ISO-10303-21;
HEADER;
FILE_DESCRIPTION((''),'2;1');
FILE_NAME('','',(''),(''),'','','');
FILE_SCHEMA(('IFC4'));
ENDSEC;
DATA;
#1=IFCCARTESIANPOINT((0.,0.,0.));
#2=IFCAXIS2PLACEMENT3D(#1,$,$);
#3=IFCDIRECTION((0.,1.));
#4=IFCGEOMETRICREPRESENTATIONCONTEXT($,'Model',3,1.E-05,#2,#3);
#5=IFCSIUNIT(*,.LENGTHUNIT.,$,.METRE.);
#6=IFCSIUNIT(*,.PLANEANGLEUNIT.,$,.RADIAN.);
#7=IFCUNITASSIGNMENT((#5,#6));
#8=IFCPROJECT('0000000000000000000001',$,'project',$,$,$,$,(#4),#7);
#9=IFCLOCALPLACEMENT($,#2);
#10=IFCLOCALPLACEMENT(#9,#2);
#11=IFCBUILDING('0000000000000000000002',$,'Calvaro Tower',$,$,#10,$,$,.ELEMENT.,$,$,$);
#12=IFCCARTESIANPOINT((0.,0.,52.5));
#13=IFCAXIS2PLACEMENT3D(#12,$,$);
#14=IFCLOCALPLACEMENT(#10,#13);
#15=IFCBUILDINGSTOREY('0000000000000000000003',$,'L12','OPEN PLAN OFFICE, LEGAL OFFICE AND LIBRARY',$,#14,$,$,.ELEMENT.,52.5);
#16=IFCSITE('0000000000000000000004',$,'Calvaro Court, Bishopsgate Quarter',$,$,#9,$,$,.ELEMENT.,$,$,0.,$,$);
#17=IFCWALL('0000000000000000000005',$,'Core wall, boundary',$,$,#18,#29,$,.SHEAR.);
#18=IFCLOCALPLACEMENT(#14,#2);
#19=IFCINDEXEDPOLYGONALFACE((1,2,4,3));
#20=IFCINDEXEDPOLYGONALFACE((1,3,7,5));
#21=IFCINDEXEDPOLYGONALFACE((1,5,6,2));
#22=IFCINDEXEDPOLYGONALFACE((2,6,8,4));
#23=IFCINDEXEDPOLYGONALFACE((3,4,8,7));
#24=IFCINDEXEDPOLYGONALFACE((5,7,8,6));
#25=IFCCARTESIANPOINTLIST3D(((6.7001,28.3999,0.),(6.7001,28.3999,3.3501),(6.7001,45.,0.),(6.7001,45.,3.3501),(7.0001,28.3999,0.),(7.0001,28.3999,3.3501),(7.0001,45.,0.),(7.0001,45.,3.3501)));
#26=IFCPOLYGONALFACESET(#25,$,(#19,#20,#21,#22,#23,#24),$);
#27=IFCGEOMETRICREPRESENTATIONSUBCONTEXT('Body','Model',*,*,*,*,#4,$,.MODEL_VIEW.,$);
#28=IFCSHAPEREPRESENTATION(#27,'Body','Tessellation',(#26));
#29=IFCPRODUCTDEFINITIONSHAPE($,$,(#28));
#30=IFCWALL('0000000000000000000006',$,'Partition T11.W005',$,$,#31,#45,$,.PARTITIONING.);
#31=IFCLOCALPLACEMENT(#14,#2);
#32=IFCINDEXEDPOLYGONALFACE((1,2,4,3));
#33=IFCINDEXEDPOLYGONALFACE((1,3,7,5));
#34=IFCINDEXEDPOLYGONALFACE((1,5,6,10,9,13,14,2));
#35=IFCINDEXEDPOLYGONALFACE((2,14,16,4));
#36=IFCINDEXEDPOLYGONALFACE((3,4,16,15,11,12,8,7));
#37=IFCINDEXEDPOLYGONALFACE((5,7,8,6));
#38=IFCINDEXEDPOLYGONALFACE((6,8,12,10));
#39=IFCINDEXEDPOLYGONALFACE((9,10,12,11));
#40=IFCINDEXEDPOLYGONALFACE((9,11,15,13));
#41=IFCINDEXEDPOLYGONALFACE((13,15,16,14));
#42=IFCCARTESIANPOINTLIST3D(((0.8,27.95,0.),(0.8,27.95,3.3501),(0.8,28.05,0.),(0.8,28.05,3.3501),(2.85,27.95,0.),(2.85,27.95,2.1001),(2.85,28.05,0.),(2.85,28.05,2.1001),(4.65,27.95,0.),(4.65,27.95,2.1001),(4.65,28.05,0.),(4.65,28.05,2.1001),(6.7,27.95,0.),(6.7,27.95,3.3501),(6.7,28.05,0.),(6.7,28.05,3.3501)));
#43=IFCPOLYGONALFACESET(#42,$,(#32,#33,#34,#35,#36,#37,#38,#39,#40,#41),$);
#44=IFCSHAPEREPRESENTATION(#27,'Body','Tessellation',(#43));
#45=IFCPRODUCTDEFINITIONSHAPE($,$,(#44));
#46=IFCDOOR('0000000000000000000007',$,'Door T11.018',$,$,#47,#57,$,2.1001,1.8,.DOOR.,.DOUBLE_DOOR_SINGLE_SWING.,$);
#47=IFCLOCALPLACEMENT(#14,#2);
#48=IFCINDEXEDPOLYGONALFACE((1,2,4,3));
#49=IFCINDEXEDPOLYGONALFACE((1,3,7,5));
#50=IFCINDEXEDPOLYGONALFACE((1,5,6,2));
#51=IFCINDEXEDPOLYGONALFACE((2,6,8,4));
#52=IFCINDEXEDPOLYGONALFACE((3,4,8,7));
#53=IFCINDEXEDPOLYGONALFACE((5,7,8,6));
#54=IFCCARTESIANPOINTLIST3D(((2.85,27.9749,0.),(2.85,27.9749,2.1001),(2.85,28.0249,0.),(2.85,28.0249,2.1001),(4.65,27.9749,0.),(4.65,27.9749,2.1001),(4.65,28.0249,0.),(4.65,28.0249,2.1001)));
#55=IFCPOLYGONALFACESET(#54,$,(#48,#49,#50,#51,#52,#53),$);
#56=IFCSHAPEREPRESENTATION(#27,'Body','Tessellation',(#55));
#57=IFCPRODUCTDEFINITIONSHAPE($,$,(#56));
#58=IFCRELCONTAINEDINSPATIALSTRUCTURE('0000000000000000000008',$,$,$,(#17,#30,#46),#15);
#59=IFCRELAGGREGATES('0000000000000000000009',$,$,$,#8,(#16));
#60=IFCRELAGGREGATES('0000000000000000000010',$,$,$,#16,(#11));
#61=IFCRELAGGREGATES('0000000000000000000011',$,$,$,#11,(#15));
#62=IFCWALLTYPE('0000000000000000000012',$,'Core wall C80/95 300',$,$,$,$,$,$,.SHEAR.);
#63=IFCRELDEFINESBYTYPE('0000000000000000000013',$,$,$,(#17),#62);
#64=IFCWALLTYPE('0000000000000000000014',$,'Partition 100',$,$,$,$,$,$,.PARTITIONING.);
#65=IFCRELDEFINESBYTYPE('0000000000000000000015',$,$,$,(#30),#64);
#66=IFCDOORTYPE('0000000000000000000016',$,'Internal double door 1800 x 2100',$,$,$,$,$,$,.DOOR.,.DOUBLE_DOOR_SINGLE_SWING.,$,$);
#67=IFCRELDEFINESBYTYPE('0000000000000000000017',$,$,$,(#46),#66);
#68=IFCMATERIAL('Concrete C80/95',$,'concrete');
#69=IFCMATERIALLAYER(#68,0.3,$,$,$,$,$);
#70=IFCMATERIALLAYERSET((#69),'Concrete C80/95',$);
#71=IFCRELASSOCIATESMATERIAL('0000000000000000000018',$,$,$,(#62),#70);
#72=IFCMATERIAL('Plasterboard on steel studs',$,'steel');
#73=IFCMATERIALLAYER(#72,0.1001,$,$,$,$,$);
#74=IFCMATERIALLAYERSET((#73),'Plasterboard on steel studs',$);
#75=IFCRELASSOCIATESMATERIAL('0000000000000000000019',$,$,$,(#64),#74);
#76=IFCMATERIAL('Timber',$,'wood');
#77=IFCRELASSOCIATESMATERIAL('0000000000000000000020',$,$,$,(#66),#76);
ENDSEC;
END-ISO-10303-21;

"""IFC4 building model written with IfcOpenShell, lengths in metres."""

from ifc_helpers import new_model, si_unit, direction, frame, frame_2d, origin, place, context, subcontext, project, spatial, rectangle, extrude, material, layer, layer_set, type_object, element, fill, save


model = new_model("IFC4")

# Units and contexts
model_context = context("Model", 3, precision=1e-05, world=origin(), true_north=direction((0.0, 1.0)))
body_context = subcontext(model_context, "Body", "Model", "MODEL_VIEW")
ifc_project = project(units=[si_unit("LENGTHUNIT", "METRE"), si_unit("PLANEANGLEUNIT", "RADIAN")], contexts=[model_context])

# Site, building, storey
site_placement = place(None, origin())
site = spatial("IfcSite", under=ifc_project, at=site_placement, Name="Calvaro Court, Bishopsgate Quarter", CompositionType="ELEMENT", RefElevation=0.0)
building_placement = place(site_placement, origin())
building = spatial("IfcBuilding", under=site, at=building_placement, Name="Calvaro Tower", CompositionType="ELEMENT")
storey_placement = place(building_placement, frame((0.0, 0.0, 52.5)))
storey = spatial("IfcBuildingStorey", under=building, at=storey_placement, Name="L12", Description="OPEN PLAN OFFICE, LEGAL OFFICE AND LIBRARY", CompositionType="ELEMENT", Elevation=52.5)

# Wall
ifc_material_1 = material(Name="Concrete C80/95", Category="concrete")
ifc_layer_1 = layer(ifc_material_1, 0.3)
ifc_layer_set_1 = layer_set([ifc_layer_1], Name="Concrete C80/95")
wall_type_1 = type_object("IfcWallType", Name="Core wall C80/95 300", PredefinedType="SHEAR", material=ifc_layer_set_1)
wall_1_placement = place(storey_placement, frame((6.8501, 28.3999, 0.0), z_axis=(0.0, 0.0, 1.0), x_axis=(0.0, 1.0, 0.0)))
element("IfcWall", 1, at=wall_1_placement, inside=storey, type_object=wall_type_1, Name="Core wall, boundary", PredefinedType="SHEAR", context=body_context, shape_type="SweptSolid", body=[
    extrude(rectangle(XDim=16.6001, YDim=0.3, at=frame_2d((8.3, 0.0))), origin(), (0.0, 0.0, 1.0), 3.3501),
])

# Wall, opening, door
ifc_material_2 = material(Name="Plasterboard on steel studs", Category="steel")
ifc_layer_2 = layer(ifc_material_2, 0.1001)
ifc_layer_set_2 = layer_set([ifc_layer_2], Name="Plasterboard on steel studs")
wall_type_2 = type_object("IfcWallType", Name="Partition 100", PredefinedType="PARTITIONING", material=ifc_layer_set_2)
wall_2_placement = place(storey_placement, frame((0.8, 28.0, 0.0), z_axis=(0.0, 0.0, 1.0), x_axis=(1.0, 0.0, 0.0)))
wall_2 = element("IfcWall", 2, at=wall_2_placement, inside=storey, type_object=wall_type_2, Name="Partition T11.W005", PredefinedType="PARTITIONING", context=body_context, shape_type="SweptSolid", body=[
    extrude(rectangle(XDim=5.8999, YDim=0.1001, at=frame_2d((2.95, 0.0))), origin(), (0.0, 0.0, 1.0), 3.3501),
])
opening_1_placement = place(wall_2_placement, frame((2.05, 0.0, 0.0)))
opening_1 = element("IfcOpeningElement", 3, at=opening_1_placement, cuts=wall_2, PredefinedType="OPENING", context=body_context, shape_type="SweptSolid", body=[
    extrude(rectangle(XDim=1.8, YDim=2.1001, at=frame_2d((0.8999, 1.05))), frame((0.0, 0.0601, 0.0), z_axis=(0.0, -1.0, 0.0), x_axis=(1.0, 0.0, 0.0)), (0.0, 0.0, 1.0), 0.1201),
])
ifc_material_3 = material(Name="Timber", Category="wood")
door_type_1 = type_object("IfcDoorType", Name="Internal double door 1800 x 2100", OperationType="DOUBLE_DOOR_SINGLE_SWING", PredefinedType="DOOR", material=ifc_material_3)
door_1_placement = place(opening_1_placement, origin())
door_1 = element("IfcDoor", 4, at=door_1_placement, inside=storey, type_object=door_type_1, Name="Door T11.018", OperationType="DOUBLE_DOOR_SINGLE_SWING", OverallHeight=2.1001, OverallWidth=1.8, PredefinedType="DOOR", context=body_context, shape_type="SweptSolid", body=[
    extrude(rectangle(XDim=1.8, YDim=2.1001, at=frame_2d((0.8999, 1.05))), frame((0.0, 0.0249, 0.0), z_axis=(0.0, -1.0, 0.0), x_axis=(1.0, 0.0, 0.0)), (0.0, 0.0, 1.0), 0.05),
])
fill(opening_1, door_1)

save(model, "model.ifc")
